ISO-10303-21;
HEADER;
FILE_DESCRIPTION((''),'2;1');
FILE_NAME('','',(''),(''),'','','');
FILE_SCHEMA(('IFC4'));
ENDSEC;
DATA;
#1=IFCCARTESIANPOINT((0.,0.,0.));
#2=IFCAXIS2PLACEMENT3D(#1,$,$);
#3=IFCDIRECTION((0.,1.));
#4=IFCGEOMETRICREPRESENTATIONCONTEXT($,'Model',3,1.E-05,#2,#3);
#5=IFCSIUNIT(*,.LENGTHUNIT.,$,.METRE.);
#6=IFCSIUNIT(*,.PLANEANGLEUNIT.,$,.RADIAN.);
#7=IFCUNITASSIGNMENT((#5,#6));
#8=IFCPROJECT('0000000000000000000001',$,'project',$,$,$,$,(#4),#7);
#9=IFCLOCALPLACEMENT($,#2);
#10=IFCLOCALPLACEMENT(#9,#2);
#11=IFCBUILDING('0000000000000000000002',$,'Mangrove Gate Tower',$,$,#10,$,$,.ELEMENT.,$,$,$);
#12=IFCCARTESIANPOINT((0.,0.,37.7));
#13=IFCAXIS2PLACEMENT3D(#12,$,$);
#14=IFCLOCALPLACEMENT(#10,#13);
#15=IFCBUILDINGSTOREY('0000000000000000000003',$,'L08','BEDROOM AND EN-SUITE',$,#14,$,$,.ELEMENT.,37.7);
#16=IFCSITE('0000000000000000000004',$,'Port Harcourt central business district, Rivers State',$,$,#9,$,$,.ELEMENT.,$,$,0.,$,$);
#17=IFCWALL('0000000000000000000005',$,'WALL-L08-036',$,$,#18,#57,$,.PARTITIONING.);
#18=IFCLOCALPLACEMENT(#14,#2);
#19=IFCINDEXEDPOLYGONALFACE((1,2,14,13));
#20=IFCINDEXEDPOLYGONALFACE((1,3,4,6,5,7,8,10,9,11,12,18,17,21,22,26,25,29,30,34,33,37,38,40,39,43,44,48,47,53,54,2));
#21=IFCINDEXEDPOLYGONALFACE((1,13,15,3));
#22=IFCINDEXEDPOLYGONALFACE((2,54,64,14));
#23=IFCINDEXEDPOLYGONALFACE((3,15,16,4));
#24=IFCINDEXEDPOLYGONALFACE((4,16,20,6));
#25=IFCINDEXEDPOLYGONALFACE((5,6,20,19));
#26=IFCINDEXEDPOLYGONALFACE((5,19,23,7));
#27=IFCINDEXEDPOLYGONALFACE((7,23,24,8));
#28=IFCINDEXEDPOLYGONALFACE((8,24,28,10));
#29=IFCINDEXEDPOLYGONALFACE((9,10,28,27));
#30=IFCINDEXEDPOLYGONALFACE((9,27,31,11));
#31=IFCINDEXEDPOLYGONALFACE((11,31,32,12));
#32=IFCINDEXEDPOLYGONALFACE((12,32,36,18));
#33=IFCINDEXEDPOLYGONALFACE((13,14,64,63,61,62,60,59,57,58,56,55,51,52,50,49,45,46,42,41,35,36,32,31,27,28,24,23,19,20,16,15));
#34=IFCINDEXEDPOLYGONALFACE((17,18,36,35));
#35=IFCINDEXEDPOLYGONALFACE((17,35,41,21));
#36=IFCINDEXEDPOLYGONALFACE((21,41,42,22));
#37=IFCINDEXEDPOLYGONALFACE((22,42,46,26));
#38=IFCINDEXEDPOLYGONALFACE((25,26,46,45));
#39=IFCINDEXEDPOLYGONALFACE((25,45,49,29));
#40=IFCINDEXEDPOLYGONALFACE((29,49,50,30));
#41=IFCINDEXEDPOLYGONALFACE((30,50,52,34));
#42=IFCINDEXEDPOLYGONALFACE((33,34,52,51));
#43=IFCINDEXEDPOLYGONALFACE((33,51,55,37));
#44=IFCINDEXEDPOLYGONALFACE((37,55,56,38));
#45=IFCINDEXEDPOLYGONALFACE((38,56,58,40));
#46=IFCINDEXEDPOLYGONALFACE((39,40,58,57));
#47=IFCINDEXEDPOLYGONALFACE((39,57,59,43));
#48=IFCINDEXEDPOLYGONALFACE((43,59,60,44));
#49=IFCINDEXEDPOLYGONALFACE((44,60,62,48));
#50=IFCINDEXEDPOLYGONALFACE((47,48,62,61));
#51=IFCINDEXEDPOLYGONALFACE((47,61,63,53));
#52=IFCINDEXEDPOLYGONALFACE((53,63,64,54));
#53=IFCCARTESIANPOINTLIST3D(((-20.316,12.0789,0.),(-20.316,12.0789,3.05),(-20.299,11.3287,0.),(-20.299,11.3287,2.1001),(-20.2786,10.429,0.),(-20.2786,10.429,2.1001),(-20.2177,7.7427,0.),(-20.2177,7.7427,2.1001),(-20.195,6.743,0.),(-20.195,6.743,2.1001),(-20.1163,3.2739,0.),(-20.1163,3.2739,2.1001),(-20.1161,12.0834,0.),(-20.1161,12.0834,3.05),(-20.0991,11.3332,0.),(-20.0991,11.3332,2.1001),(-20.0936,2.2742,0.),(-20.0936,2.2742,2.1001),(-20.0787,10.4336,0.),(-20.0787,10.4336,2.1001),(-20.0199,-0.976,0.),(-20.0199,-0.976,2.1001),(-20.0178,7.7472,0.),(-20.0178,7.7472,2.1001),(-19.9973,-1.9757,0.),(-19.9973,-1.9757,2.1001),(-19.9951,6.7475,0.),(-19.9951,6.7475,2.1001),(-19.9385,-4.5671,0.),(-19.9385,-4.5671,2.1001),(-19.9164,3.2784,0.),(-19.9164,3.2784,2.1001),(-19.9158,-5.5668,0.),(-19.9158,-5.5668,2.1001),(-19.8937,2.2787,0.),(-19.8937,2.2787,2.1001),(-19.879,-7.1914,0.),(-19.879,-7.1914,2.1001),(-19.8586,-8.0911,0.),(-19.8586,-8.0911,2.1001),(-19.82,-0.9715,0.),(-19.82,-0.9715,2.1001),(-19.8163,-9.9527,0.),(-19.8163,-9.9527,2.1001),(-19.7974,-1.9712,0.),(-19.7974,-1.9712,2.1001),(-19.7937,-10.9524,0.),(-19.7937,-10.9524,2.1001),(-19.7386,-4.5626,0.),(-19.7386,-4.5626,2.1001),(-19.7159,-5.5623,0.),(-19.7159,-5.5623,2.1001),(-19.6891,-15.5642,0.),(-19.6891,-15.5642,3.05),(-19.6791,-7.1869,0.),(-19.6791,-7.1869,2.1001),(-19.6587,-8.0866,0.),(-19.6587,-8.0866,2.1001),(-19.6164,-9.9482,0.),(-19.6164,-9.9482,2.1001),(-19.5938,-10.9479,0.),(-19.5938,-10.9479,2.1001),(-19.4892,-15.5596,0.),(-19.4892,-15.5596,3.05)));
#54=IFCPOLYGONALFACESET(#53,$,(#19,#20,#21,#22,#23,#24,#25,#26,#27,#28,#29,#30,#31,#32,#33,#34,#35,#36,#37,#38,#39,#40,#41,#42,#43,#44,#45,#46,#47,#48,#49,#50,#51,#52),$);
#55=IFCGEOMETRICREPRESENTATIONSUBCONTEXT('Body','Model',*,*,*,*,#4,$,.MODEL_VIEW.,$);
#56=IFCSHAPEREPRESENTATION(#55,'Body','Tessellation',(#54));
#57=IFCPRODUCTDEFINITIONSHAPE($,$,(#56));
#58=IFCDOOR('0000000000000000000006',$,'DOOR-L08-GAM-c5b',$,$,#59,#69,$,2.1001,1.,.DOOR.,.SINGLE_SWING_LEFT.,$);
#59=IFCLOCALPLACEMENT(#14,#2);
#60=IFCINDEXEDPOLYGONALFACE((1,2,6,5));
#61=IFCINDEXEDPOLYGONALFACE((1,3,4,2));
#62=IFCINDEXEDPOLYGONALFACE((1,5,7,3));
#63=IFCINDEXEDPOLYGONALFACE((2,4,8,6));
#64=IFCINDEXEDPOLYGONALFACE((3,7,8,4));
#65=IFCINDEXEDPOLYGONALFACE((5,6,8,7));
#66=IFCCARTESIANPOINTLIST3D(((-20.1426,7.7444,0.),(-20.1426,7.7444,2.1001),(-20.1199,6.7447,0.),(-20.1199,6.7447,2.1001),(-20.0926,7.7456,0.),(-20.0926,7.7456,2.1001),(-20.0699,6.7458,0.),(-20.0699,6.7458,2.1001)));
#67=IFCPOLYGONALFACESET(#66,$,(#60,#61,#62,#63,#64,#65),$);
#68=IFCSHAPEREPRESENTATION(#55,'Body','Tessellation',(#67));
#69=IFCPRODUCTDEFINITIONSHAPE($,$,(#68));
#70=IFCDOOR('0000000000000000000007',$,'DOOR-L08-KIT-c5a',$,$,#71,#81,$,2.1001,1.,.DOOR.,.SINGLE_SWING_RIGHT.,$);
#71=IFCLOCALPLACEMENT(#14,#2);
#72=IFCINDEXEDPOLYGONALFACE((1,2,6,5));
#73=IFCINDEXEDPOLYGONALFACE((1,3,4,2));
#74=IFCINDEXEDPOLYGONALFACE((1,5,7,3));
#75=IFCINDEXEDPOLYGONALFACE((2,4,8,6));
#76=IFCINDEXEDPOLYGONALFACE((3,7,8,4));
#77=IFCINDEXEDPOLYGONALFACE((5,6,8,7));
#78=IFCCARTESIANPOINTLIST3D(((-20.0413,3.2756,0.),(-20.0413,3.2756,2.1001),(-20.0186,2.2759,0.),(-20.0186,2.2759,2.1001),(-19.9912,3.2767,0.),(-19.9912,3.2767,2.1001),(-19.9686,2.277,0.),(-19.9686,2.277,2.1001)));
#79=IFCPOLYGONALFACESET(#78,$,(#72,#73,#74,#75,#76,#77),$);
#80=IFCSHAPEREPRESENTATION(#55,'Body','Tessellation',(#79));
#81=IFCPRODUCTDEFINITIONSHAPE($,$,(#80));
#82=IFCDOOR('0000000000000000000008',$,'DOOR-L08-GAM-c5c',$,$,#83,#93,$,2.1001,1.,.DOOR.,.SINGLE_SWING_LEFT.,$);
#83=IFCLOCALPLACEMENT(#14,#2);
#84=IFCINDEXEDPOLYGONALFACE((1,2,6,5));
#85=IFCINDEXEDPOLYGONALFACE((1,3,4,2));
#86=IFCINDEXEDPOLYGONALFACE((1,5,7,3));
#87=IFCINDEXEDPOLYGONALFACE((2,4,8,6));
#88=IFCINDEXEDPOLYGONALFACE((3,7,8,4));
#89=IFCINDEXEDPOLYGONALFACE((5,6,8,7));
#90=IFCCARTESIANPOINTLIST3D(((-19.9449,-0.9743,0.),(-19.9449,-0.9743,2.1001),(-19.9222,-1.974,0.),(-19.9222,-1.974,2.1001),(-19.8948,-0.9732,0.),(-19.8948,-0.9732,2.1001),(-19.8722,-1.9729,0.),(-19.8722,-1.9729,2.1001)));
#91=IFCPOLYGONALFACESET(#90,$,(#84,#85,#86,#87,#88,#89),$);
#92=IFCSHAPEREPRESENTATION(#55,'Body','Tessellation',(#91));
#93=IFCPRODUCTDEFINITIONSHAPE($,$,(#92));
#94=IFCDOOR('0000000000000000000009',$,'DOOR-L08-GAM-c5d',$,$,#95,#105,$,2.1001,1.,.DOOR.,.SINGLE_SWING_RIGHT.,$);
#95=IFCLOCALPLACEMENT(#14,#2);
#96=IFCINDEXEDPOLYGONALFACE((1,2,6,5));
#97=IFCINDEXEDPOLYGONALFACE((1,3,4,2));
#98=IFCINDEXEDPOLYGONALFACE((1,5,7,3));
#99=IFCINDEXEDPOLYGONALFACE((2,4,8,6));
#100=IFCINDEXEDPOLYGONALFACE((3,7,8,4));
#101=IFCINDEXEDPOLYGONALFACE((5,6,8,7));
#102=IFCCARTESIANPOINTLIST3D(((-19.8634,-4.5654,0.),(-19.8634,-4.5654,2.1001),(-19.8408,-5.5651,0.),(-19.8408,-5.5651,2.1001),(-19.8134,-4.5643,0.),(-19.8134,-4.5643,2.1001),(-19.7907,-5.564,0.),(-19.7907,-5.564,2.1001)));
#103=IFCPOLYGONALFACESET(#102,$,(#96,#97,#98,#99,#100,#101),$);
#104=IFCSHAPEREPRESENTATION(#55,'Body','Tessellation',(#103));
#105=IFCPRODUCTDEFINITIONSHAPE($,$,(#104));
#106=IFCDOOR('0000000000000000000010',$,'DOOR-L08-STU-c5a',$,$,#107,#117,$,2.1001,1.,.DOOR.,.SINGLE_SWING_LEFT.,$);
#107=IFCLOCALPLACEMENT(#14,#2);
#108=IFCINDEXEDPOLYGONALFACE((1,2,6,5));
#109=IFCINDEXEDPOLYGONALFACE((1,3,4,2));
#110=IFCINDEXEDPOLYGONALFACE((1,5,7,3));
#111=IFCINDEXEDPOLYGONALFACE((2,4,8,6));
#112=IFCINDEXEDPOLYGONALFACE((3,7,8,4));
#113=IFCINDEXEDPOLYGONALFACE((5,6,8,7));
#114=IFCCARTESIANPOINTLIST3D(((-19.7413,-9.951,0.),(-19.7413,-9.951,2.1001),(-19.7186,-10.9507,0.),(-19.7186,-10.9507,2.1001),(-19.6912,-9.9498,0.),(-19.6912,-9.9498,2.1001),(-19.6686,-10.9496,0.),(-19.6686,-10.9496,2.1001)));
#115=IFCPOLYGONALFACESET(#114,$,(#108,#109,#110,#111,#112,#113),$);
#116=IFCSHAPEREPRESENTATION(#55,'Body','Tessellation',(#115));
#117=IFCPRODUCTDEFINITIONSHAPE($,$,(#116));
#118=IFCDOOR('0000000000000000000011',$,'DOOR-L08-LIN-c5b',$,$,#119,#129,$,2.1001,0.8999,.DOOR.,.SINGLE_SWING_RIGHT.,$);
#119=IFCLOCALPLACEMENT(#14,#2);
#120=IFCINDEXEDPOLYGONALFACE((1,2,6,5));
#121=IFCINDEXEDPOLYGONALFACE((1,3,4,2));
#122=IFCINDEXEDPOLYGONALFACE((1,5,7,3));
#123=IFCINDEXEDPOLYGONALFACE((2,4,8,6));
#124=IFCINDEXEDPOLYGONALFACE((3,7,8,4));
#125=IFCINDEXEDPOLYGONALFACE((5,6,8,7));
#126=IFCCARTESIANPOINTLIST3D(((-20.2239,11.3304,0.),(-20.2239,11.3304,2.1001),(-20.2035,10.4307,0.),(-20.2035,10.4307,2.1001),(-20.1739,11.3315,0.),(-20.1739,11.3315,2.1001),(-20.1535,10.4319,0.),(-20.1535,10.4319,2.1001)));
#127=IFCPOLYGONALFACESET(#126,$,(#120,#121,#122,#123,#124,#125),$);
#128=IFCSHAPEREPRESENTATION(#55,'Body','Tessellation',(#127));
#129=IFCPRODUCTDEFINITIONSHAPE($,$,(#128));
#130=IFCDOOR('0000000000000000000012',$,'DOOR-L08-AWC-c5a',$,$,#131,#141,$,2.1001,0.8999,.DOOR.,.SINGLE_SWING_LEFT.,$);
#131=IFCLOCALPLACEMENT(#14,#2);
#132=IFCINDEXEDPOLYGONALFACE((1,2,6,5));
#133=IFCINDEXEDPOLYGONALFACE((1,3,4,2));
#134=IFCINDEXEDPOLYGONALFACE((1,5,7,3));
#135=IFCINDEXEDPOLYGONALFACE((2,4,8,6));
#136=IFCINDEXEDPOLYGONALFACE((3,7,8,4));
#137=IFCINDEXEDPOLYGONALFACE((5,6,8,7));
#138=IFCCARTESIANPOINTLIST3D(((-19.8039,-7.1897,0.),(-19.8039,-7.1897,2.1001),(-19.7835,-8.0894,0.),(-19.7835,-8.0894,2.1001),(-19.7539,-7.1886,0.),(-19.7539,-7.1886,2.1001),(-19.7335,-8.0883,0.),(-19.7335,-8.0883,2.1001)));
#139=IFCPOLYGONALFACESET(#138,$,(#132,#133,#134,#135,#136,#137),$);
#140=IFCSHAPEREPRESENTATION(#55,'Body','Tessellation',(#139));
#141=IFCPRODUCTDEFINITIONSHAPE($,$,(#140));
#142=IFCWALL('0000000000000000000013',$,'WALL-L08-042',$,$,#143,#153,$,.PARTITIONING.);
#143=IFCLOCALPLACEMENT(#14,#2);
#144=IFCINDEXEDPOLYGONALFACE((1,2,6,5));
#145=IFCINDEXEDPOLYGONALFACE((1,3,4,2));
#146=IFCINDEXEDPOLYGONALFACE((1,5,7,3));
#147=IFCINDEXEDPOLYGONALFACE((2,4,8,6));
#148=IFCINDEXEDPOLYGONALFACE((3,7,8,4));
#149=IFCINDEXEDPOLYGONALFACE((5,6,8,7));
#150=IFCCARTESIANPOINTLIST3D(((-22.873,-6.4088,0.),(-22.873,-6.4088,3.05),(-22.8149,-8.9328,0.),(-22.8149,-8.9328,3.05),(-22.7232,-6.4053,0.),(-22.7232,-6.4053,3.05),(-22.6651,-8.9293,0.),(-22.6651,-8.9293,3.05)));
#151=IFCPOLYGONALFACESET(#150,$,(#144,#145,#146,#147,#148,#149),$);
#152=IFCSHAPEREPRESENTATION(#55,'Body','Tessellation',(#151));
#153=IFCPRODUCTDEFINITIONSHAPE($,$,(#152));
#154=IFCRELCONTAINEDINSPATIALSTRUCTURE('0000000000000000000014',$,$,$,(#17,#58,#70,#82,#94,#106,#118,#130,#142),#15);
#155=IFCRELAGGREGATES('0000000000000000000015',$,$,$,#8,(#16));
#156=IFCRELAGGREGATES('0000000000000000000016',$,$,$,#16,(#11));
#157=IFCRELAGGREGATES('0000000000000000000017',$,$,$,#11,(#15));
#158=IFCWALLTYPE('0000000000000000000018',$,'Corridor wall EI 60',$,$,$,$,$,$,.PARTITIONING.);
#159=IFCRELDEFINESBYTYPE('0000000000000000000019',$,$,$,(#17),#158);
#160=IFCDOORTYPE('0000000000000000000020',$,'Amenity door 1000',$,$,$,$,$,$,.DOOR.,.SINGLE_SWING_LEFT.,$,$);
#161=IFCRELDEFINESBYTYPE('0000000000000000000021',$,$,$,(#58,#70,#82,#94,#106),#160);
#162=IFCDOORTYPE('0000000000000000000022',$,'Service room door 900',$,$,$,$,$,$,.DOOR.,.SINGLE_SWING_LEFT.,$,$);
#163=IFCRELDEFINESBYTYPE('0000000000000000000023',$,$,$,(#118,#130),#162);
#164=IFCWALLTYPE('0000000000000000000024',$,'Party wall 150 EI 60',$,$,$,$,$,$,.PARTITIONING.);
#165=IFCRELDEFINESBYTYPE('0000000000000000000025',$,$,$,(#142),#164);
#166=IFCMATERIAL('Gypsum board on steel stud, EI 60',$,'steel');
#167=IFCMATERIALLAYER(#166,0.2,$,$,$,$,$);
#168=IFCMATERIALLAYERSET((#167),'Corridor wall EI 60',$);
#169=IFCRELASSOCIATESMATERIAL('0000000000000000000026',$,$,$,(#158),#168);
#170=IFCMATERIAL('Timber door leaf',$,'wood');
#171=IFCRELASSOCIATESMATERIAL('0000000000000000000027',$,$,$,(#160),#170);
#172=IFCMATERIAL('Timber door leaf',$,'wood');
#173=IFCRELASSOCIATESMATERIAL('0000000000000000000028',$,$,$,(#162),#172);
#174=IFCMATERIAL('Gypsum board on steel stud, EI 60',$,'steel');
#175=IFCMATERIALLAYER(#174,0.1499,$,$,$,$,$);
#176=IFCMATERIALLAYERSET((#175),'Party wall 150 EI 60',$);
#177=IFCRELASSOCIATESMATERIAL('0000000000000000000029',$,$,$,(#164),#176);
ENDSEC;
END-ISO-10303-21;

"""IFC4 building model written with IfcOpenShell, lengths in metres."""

from ifc_helpers import new_model, si_unit, direction, frame, frame_2d, origin, place, context, subcontext, project, spatial, rectangle, extrude, material, layer, layer_set, type_object, element, fill, save


model = new_model("IFC4")

# Units and contexts
model_context = context("Model", 3, precision=1e-05, world=origin(), true_north=direction((0.0, 1.0)))
body_context = subcontext(model_context, "Body", "Model", "MODEL_VIEW")
ifc_project = project(units=[si_unit("LENGTHUNIT", "METRE"), si_unit("PLANEANGLEUNIT", "RADIAN")], contexts=[model_context])

# Site, building, storey
site_placement = place(None, origin())
site = spatial("IfcSite", under=ifc_project, at=site_placement, Name="Port Harcourt central business district, Rivers State", CompositionType="ELEMENT", RefElevation=0.0)
building_placement = place(site_placement, origin())
building = spatial("IfcBuilding", under=site, at=building_placement, Name="Mangrove Gate Tower", CompositionType="ELEMENT")
storey_placement = place(building_placement, frame((0.0, 0.0, 37.7)))
storey = spatial("IfcBuildingStorey", under=building, at=storey_placement, Name="L08", Description="BEDROOM AND EN-SUITE", CompositionType="ELEMENT", Elevation=37.7)

# Wall, openings, doors
ifc_material_1 = material(Name="Gypsum board on steel stud, EI 60", Category="steel")
ifc_layer_1 = layer(ifc_material_1, 0.2)
ifc_layer_set_1 = layer_set([ifc_layer_1], Name="Corridor wall EI 60")
wall_type_1 = type_object("IfcWallType", Name="Corridor wall EI 60", PredefinedType="PARTITIONING", material=ifc_layer_set_1)
wall_1_placement = place(storey_placement, frame((-19.5891, -15.562, 0.0), z_axis=(0.0, 0.0, 1.0), x_axis=(-0.022674, 0.999743, 0.0)))
wall_1 = element("IfcWall", 1, at=wall_1_placement, inside=storey, type_object=wall_type_1, Name="WALL-L08-036", PredefinedType="PARTITIONING", context=body_context, shape_type="SweptSolid", body=[
    extrude(rectangle(XDim=27.6501, YDim=0.2, at=frame_2d((13.8252, 0.0))), origin(), (0.0, 0.0, 1.0), 3.05),
])
opening_1_placement = place(wall_1_placement, frame((22.313, 0.0, 0.0)))
opening_1 = element("IfcOpeningElement", 2, at=opening_1_placement, cuts=wall_1, PredefinedType="OPENING", context=body_context, shape_type="SweptSolid", body=[
    extrude(rectangle(XDim=1.0, YDim=2.1001, at=frame_2d((0.5, 1.05))), frame((0.0, 0.1099, 0.0), z_axis=(0.0, -1.0, 0.0), x_axis=(1.0, 0.0, 0.0)), (0.0, 0.0, 1.0), 0.22),
])
opening_2_placement = place(wall_1_placement, frame((26.0, 0.0, 0.0)))
opening_2 = element("IfcOpeningElement", 3, at=opening_2_placement, cuts=wall_1, PredefinedType="OPENING", context=body_context, shape_type="SweptSolid", body=[
    extrude(rectangle(XDim=0.8999, YDim=2.1001, at=frame_2d((0.45, 1.05))), frame((0.0, 0.1099, 0.0), z_axis=(0.0, -1.0, 0.0), x_axis=(1.0, 0.0, 0.0)), (0.0, 0.0, 1.0), 0.22),
])
opening_3_placement = place(wall_1_placement, frame((17.843, 0.0, 0.0)))
opening_3 = element("IfcOpeningElement", 4, at=opening_3_placement, cuts=wall_1, PredefinedType="OPENING", context=body_context, shape_type="SweptSolid", body=[
    extrude(rectangle(XDim=1.0, YDim=2.1001, at=frame_2d((0.5, 1.05))), frame((0.0, 0.1099, 0.0), z_axis=(0.0, -1.0, 0.0), x_axis=(1.0, 0.0, 0.0)), (0.0, 0.0, 1.0), 0.22),
])
opening_4_placement = place(wall_1_placement, frame((13.592, 0.0, 0.0)))
opening_4 = element("IfcOpeningElement", 5, at=opening_4_placement, cuts=wall_1, PredefinedType="OPENING", context=body_context, shape_type="SweptSolid", body=[
    extrude(rectangle(XDim=1.0, YDim=2.1001, at=frame_2d((0.5, 1.05))), frame((0.0, 0.1099, 0.0), z_axis=(0.0, -1.0, 0.0), x_axis=(1.0, 0.0, 0.0)), (0.0, 0.0, 1.0), 0.22),
])
opening_5_placement = place(wall_1_placement, frame((10.0, 0.0, 0.0)))
opening_5 = element("IfcOpeningElement", 6, at=opening_5_placement, cuts=wall_1, PredefinedType="OPENING", context=body_context, shape_type="SweptSolid", body=[
    extrude(rectangle(XDim=1.0, YDim=2.1001, at=frame_2d((0.5, 1.05))), frame((0.0, 0.1099, 0.0), z_axis=(0.0, -1.0, 0.0), x_axis=(1.0, 0.0, 0.0)), (0.0, 0.0, 1.0), 0.22),
])
opening_6_placement = place(wall_1_placement, frame((7.4751, 0.0, 0.0)))
opening_6 = element("IfcOpeningElement", 7, at=opening_6_placement, cuts=wall_1, PredefinedType="OPENING", context=body_context, shape_type="SweptSolid", body=[
    extrude(rectangle(XDim=0.8999, YDim=2.1001, at=frame_2d((0.45, 1.05))), frame((0.0, 0.1099, 0.0), z_axis=(0.0, -1.0, 0.0), x_axis=(1.0, 0.0, 0.0)), (0.0, 0.0, 1.0), 0.22),
])
opening_7_placement = place(wall_1_placement, frame((4.613, 0.0, 0.0)))
opening_7 = element("IfcOpeningElement", 8, at=opening_7_placement, cuts=wall_1, PredefinedType="OPENING", context=body_context, shape_type="SweptSolid", body=[
    extrude(rectangle(XDim=1.0, YDim=2.1001, at=frame_2d((0.5, 1.05))), frame((0.0, 0.1099, 0.0), z_axis=(0.0, -1.0, 0.0), x_axis=(1.0, 0.0, 0.0)), (0.0, 0.0, 1.0), 0.22),
])
ifc_material_2 = material(Name="Timber door leaf", Category="wood")
door_type_1 = type_object("IfcDoorType", Name="Amenity door 1000", OperationType="SINGLE_SWING_LEFT", PredefinedType="DOOR", material=ifc_material_2)
door_1_placement = place(opening_1_placement, origin())
door_1 = element("IfcDoor", 9, at=door_1_placement, inside=storey, type_object=door_type_1, Name="DOOR-L08-GAM-c5b", OperationType="SINGLE_SWING_LEFT", OverallHeight=2.1001, OverallWidth=1.0, PredefinedType="DOOR", context=body_context, shape_type="SweptSolid", body=[
    extrude(rectangle(XDim=1.0, YDim=2.1001, at=frame_2d((0.5, 1.05))), frame((0.0, 0.0249, 0.0), z_axis=(0.0, -1.0, 0.0), x_axis=(1.0, 0.0, 0.0)), (0.0, 0.0, 1.0), 0.05),
])
fill(opening_1, door_1)
door_2_placement = place(opening_3_placement, origin())
door_2 = element("IfcDoor", 10, at=door_2_placement, inside=storey, type_object=door_type_1, Name="DOOR-L08-KIT-c5a", OperationType="SINGLE_SWING_RIGHT", OverallHeight=2.1001, OverallWidth=1.0, PredefinedType="DOOR", context=body_context, shape_type="SweptSolid", body=[
    extrude(rectangle(XDim=1.0, YDim=2.1001, at=frame_2d((0.5, 1.05))), frame((0.0, 0.0249, 0.0), z_axis=(0.0, -1.0, 0.0), x_axis=(1.0, 0.0, 0.0)), (0.0, 0.0, 1.0), 0.05),
])
fill(opening_3, door_2)
door_3_placement = place(opening_4_placement, origin())
door_3 = element("IfcDoor", 11, at=door_3_placement, inside=storey, type_object=door_type_1, Name="DOOR-L08-GAM-c5c", OperationType="SINGLE_SWING_LEFT", OverallHeight=2.1001, OverallWidth=1.0, PredefinedType="DOOR", context=body_context, shape_type="SweptSolid", body=[
    extrude(rectangle(XDim=1.0, YDim=2.1001, at=frame_2d((0.5, 1.05))), frame((0.0, 0.0249, 0.0), z_axis=(0.0, -1.0, 0.0), x_axis=(1.0, 0.0, 0.0)), (0.0, 0.0, 1.0), 0.05),
])
fill(opening_4, door_3)
door_4_placement = place(opening_5_placement, origin())
door_4 = element("IfcDoor", 12, at=door_4_placement, inside=storey, type_object=door_type_1, Name="DOOR-L08-GAM-c5d", OperationType="SINGLE_SWING_RIGHT", OverallHeight=2.1001, OverallWidth=1.0, PredefinedType="DOOR", context=body_context, shape_type="SweptSolid", body=[
    extrude(rectangle(XDim=1.0, YDim=2.1001, at=frame_2d((0.5, 1.05))), frame((0.0, 0.0249, 0.0), z_axis=(0.0, -1.0, 0.0), x_axis=(1.0, 0.0, 0.0)), (0.0, 0.0, 1.0), 0.05),
])
fill(opening_5, door_4)
door_5_placement = place(opening_7_placement, origin())
door_5 = element("IfcDoor", 13, at=door_5_placement, inside=storey, type_object=door_type_1, Name="DOOR-L08-STU-c5a", OperationType="SINGLE_SWING_LEFT", OverallHeight=2.1001, OverallWidth=1.0, PredefinedType="DOOR", context=body_context, shape_type="SweptSolid", body=[
    extrude(rectangle(XDim=1.0, YDim=2.1001, at=frame_2d((0.5, 1.05))), frame((0.0, 0.0249, 0.0), z_axis=(0.0, -1.0, 0.0), x_axis=(1.0, 0.0, 0.0)), (0.0, 0.0, 1.0), 0.05),
])
fill(opening_7, door_5)
ifc_material_3 = material(Name="Timber door leaf", Category="wood")
door_type_2 = type_object("IfcDoorType", Name="Service room door 900", OperationType="SINGLE_SWING_LEFT", PredefinedType="DOOR", material=ifc_material_3)
door_6_placement = place(opening_2_placement, origin())
door_6 = element("IfcDoor", 14, at=door_6_placement, inside=storey, type_object=door_type_2, Name="DOOR-L08-LIN-c5b", OperationType="SINGLE_SWING_RIGHT", OverallHeight=2.1001, OverallWidth=0.8999, PredefinedType="DOOR", context=body_context, shape_type="SweptSolid", body=[
    extrude(rectangle(XDim=0.8999, YDim=2.1001, at=frame_2d((0.45, 1.05))), frame((0.0, 0.0249, 0.0), z_axis=(0.0, -1.0, 0.0), x_axis=(1.0, 0.0, 0.0)), (0.0, 0.0, 1.0), 0.05),
])
fill(opening_2, door_6)
door_7_placement = place(opening_6_placement, origin())
door_7 = element("IfcDoor", 15, at=door_7_placement, inside=storey, type_object=door_type_2, Name="DOOR-L08-AWC-c5a", OperationType="SINGLE_SWING_LEFT", OverallHeight=2.1001, OverallWidth=0.8999, PredefinedType="DOOR", context=body_context, shape_type="SweptSolid", body=[
    extrude(rectangle(XDim=0.8999, YDim=2.1001, at=frame_2d((0.45, 1.05))), frame((0.0, 0.0249, 0.0), z_axis=(0.0, -1.0, 0.0), x_axis=(1.0, 0.0, 0.0)), (0.0, 0.0, 1.0), 0.05),
])
fill(opening_6, door_7)

# Wall
ifc_material_4 = material(Name="Gypsum board on steel stud, EI 60", Category="steel")
ifc_layer_2 = layer(ifc_material_4, 0.1499)
ifc_layer_set_2 = layer_set([ifc_layer_2], Name="Party wall 150 EI 60")
wall_type_2 = type_object("IfcWallType", Name="Party wall 150 EI 60", PredefinedType="PARTITIONING", material=ifc_layer_set_2)
wall_2_placement = place(storey_placement, frame((-22.74, -8.9309, 0.0), z_axis=(0.0, 0.0, 1.0), x_axis=(-0.023016, 0.999735, 0.0)))
element("IfcWall", 16, at=wall_2_placement, inside=storey, type_object=wall_type_2, Name="WALL-L08-042", PredefinedType="PARTITIONING", context=body_context, shape_type="SweptSolid", body=[
    extrude(rectangle(XDim=2.5247, YDim=0.1499, at=frame_2d((1.2622, 0.0))), origin(), (0.0, 0.0, 1.0), 3.05),
])

save(model, "model.ifc")
